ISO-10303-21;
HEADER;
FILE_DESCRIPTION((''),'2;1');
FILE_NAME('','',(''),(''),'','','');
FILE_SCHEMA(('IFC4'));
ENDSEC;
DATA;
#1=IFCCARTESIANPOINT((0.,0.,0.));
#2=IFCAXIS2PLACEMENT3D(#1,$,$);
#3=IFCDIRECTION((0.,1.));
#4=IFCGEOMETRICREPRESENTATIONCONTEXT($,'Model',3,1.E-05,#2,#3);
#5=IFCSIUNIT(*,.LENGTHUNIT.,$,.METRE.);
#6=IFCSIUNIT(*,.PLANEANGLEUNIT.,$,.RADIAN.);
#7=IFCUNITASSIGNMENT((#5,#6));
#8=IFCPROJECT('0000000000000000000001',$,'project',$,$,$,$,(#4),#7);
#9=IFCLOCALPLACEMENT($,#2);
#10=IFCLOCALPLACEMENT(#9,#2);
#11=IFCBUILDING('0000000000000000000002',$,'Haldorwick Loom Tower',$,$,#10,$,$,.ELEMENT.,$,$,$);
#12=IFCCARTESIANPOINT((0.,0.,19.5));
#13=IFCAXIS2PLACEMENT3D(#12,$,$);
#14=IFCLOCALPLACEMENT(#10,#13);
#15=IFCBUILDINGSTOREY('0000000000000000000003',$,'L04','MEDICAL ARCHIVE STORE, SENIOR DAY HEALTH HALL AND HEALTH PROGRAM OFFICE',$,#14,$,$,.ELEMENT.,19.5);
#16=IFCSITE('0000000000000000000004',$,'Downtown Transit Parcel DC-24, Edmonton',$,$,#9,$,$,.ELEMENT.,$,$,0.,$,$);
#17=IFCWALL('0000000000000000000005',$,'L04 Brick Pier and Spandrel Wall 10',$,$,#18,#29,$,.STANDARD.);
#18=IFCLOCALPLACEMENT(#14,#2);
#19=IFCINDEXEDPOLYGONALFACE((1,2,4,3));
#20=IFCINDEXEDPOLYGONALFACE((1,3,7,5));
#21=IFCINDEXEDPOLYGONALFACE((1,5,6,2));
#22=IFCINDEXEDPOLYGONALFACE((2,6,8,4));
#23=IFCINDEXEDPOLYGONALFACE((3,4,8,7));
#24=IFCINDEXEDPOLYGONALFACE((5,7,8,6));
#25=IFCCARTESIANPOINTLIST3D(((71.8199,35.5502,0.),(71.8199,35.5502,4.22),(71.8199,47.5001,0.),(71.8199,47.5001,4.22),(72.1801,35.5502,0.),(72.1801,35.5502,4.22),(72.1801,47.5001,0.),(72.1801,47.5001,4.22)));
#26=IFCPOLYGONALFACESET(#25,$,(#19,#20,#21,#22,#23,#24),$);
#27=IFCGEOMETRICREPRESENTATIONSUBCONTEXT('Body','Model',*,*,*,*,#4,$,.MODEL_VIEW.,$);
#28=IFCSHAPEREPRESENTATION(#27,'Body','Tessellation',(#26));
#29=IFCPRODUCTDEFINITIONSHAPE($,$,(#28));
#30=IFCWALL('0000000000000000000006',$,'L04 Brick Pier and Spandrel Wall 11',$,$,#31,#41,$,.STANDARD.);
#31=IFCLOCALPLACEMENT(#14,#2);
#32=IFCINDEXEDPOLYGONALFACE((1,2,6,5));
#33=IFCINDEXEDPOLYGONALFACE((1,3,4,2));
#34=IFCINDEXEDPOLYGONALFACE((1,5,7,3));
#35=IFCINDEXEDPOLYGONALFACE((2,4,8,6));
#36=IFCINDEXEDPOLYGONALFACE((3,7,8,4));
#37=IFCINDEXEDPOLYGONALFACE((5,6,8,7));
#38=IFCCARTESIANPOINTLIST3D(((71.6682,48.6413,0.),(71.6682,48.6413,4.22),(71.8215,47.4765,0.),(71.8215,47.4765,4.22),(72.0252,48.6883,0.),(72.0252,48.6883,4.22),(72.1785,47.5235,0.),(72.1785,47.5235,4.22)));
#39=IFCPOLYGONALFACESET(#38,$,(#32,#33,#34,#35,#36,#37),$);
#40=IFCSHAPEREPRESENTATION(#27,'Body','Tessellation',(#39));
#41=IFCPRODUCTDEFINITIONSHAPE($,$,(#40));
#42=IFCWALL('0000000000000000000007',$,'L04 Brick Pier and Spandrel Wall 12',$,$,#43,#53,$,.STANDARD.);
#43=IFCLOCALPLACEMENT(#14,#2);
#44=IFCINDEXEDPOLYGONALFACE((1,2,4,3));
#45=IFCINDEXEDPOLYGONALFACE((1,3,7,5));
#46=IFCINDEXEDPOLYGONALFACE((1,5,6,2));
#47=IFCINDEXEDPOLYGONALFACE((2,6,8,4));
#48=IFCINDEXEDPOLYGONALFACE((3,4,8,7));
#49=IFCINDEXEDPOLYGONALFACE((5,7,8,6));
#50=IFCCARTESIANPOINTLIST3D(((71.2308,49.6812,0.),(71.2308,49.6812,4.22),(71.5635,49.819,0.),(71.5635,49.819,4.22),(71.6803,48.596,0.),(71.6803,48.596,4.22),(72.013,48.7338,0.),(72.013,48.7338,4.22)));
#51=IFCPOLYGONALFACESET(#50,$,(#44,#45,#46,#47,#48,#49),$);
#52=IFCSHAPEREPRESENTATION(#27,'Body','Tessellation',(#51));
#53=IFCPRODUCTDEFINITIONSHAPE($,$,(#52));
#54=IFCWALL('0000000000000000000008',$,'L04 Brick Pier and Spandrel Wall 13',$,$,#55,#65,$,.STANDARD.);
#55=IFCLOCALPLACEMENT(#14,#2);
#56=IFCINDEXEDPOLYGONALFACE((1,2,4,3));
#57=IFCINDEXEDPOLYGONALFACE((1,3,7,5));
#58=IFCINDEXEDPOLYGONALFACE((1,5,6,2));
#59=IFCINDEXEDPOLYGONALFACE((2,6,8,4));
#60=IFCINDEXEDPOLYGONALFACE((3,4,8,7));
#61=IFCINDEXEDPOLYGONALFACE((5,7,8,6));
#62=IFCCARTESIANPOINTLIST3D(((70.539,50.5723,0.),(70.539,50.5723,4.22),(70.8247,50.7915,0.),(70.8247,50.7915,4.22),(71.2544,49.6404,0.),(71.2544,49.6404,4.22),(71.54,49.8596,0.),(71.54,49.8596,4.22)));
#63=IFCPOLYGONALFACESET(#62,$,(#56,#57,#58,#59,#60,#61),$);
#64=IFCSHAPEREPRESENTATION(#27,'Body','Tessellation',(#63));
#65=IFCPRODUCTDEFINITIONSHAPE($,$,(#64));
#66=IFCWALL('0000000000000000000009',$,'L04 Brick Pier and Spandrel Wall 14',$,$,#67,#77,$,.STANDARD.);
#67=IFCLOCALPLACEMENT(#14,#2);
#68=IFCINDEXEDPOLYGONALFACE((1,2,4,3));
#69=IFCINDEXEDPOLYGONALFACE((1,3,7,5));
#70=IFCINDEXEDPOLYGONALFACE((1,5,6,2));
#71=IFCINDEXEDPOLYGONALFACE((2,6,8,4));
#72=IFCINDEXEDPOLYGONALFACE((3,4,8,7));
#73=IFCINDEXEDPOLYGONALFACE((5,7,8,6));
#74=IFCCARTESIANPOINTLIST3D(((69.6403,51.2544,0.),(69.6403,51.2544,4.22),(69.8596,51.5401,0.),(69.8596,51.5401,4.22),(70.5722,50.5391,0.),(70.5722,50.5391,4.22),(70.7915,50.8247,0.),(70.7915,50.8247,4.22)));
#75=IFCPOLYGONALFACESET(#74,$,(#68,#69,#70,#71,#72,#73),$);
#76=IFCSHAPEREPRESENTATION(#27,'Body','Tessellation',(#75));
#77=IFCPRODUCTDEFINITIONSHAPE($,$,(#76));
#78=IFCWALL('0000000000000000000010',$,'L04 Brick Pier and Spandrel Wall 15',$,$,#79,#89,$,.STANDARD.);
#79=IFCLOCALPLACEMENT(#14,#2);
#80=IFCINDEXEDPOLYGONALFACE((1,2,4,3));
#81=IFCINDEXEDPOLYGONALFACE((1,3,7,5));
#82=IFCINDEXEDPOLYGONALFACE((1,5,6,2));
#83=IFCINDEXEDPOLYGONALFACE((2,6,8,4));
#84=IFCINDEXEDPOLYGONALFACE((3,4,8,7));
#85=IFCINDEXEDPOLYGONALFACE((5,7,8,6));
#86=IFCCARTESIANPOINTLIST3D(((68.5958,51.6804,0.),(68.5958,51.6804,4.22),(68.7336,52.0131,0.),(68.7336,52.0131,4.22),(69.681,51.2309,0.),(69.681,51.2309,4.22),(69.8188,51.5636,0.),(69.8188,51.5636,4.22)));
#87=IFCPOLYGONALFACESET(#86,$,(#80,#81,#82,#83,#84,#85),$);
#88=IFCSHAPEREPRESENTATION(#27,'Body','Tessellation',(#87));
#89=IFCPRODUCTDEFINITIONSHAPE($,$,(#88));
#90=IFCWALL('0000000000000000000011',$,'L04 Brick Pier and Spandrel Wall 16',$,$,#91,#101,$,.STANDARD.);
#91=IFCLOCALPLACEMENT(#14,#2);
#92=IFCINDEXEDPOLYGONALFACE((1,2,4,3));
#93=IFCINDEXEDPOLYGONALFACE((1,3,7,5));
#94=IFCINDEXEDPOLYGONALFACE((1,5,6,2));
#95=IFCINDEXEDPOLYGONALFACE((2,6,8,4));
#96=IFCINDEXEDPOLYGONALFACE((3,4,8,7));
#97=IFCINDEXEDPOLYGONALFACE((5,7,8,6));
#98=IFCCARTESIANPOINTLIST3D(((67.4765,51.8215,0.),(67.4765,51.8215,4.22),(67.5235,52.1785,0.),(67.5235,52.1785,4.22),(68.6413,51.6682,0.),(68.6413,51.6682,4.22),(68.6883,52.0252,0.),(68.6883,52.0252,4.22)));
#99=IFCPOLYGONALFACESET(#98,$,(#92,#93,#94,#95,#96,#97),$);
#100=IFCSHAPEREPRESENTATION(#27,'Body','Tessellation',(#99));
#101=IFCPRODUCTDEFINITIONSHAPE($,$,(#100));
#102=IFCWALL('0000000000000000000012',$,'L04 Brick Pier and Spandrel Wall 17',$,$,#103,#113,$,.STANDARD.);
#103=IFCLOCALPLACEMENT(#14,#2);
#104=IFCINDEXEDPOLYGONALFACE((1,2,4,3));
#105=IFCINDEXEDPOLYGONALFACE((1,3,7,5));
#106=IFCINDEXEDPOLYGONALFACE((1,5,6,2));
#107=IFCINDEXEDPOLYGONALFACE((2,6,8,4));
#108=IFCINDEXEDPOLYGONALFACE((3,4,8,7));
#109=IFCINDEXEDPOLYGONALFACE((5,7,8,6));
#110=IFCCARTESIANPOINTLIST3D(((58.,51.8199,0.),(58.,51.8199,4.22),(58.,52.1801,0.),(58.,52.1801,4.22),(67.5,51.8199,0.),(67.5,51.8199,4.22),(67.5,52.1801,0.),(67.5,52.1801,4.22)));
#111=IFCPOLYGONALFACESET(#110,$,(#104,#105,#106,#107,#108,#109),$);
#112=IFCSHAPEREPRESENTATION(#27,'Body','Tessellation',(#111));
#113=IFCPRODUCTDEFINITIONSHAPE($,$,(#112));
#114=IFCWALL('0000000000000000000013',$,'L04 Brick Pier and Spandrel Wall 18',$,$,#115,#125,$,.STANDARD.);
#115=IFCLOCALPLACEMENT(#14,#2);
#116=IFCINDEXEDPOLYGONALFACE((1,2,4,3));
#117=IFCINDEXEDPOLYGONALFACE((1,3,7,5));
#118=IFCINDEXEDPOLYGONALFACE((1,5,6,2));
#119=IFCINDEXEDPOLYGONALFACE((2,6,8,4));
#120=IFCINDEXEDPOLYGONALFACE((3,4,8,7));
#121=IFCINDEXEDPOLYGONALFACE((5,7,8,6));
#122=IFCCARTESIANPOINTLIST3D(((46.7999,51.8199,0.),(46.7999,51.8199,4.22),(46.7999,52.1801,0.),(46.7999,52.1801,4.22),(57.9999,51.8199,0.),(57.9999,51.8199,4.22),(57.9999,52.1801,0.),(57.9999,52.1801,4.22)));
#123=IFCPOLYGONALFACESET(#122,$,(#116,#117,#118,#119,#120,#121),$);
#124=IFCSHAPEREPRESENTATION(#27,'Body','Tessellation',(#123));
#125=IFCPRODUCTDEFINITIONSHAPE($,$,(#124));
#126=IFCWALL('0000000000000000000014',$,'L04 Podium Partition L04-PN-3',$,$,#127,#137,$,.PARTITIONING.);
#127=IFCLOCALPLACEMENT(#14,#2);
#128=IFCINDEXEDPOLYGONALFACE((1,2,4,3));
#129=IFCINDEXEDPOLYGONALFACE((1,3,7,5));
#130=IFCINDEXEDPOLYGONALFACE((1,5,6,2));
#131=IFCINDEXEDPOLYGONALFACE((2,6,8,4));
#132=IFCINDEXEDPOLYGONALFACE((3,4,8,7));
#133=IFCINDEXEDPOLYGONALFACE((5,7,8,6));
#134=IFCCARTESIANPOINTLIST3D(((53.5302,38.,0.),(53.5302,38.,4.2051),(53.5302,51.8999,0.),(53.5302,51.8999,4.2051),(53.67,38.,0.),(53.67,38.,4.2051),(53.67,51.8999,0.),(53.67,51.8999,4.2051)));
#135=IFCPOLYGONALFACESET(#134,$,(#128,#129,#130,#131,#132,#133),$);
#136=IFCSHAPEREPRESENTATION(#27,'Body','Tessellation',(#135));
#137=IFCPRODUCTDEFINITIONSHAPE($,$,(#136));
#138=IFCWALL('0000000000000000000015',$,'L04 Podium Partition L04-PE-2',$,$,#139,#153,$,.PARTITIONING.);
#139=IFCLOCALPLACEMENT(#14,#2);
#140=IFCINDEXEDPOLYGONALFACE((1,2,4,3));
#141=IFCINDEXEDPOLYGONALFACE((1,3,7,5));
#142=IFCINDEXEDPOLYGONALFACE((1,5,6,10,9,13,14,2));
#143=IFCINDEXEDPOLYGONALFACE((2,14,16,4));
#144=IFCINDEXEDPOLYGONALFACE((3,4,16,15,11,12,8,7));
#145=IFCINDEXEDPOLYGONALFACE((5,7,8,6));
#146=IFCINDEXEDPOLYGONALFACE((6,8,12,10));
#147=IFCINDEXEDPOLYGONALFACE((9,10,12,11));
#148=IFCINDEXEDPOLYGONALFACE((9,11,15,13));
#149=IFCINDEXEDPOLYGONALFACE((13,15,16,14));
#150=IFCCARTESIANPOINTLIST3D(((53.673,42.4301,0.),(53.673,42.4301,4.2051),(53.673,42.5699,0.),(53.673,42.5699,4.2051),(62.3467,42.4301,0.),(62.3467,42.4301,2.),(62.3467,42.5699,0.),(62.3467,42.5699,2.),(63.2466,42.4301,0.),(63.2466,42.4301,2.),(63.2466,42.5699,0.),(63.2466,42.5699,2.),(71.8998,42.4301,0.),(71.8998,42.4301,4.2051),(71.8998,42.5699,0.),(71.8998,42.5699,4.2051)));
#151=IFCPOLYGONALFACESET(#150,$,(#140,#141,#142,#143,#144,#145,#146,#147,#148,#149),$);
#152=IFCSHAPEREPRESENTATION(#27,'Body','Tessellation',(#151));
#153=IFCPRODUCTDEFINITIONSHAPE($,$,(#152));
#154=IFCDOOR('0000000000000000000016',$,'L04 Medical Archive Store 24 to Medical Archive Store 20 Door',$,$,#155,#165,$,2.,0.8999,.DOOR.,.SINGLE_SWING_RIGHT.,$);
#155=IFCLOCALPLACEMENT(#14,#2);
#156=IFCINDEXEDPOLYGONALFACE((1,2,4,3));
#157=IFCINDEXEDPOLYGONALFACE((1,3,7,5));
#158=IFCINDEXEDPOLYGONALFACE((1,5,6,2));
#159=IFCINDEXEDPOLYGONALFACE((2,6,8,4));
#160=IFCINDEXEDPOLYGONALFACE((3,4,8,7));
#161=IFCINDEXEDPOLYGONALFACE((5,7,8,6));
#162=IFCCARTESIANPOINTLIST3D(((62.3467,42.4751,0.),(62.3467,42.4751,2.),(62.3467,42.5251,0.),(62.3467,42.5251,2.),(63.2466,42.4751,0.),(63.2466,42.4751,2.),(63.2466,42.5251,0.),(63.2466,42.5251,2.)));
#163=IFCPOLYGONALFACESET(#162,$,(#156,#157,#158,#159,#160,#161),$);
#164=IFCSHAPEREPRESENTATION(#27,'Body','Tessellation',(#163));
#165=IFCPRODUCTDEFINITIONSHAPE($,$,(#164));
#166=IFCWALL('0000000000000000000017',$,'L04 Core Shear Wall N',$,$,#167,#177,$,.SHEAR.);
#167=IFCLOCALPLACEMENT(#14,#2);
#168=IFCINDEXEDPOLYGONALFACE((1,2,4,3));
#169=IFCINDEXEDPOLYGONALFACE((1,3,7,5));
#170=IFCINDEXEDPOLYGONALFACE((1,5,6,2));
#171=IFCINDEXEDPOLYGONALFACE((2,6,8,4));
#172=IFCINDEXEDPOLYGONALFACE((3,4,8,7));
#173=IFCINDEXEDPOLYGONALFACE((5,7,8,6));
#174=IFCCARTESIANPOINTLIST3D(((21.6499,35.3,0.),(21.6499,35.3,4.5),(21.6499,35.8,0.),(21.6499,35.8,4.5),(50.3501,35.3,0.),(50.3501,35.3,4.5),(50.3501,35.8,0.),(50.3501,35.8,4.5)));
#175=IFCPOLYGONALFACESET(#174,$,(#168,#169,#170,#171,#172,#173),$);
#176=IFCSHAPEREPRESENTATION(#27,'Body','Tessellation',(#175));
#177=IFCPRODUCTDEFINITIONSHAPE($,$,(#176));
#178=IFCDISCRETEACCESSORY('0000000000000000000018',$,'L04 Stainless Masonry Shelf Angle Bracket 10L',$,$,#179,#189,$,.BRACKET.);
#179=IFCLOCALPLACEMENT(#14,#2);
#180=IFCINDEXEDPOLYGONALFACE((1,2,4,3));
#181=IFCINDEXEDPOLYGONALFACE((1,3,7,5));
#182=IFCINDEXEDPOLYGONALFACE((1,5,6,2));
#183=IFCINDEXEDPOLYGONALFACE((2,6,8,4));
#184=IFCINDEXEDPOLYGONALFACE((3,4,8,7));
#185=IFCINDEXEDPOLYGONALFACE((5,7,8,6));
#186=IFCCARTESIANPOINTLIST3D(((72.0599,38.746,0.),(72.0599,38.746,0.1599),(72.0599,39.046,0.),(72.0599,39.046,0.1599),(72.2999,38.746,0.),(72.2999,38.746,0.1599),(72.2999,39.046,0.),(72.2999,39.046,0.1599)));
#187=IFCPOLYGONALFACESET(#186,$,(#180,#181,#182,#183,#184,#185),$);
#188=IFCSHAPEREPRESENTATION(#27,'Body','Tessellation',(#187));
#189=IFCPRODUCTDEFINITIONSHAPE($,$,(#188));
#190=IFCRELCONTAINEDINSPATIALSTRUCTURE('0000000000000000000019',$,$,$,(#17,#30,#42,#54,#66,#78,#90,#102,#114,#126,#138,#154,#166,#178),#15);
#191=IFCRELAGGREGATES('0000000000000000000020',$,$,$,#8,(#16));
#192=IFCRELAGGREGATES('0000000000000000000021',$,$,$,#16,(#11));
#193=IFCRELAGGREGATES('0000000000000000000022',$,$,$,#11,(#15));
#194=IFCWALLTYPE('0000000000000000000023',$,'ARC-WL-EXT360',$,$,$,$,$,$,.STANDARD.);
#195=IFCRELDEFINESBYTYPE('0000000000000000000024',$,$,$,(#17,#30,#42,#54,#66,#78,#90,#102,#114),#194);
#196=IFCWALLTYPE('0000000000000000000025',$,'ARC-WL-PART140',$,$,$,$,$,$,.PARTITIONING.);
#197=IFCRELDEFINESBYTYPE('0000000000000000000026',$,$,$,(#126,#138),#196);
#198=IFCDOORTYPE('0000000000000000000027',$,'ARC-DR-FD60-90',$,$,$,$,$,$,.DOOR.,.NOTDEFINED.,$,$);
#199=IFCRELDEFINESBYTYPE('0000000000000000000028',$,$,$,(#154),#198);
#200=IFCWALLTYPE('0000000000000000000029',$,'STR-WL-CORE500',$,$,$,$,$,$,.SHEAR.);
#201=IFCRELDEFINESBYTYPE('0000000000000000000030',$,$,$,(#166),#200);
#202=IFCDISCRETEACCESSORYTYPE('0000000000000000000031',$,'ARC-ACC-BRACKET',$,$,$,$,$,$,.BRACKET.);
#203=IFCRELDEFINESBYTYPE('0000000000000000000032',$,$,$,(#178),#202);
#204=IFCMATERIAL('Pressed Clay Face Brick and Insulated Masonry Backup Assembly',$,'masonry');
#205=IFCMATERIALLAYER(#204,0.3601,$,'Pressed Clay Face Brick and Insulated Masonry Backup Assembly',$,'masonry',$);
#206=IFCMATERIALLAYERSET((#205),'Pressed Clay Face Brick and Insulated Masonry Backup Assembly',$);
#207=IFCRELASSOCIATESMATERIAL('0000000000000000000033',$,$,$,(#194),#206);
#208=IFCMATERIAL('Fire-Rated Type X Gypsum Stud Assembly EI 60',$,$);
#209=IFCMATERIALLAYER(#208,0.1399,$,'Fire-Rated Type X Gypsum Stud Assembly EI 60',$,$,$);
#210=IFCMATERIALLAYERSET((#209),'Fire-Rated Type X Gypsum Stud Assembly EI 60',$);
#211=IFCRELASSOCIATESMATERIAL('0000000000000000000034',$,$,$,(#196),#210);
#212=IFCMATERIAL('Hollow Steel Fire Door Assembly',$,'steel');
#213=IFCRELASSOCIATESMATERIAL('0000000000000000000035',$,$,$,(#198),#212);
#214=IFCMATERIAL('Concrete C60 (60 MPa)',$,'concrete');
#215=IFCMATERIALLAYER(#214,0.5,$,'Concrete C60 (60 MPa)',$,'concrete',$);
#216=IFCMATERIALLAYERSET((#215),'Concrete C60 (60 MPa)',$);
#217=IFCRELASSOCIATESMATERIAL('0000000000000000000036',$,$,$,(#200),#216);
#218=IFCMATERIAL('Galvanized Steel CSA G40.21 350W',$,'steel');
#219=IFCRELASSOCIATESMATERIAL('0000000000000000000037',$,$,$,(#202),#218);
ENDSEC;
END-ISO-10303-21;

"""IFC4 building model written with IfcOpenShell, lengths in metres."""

from ifc_helpers import new_model, si_unit, direction, frame, frame_2d, origin, origin_2d, place, context, subcontext, project, spatial, rectangle, extrude, material, layer, layer_set, type_object, element, fill, save


model = new_model("IFC4")

# Units and contexts
model_context = context("Model", 3, precision=1e-05, world=origin(), true_north=direction((0.0, 1.0)))
body_context = subcontext(model_context, "Body", "Model", "MODEL_VIEW")
ifc_project = project(units=[si_unit("LENGTHUNIT", "METRE"), si_unit("PLANEANGLEUNIT", "RADIAN")], contexts=[model_context])

# Site, building, storey
site_placement = place(None, origin())
site = spatial("IfcSite", under=ifc_project, at=site_placement, Name="Downtown Transit Parcel DC-24, Edmonton", CompositionType="ELEMENT", RefElevation=0.0)
building_placement = place(site_placement, origin())
building = spatial("IfcBuilding", under=site, at=building_placement, Name="Haldorwick Loom Tower", CompositionType="ELEMENT")
storey_placement = place(building_placement, frame((0.0, 0.0, 19.5)))
storey = spatial("IfcBuildingStorey", under=building, at=storey_placement, Name="L04", Description="MEDICAL ARCHIVE STORE, SENIOR DAY HEALTH HALL AND HEALTH PROGRAM OFFICE", CompositionType="ELEMENT", Elevation=19.5)

# Shared definitions
ifc_material_1 = material(Name="Concrete C60 (60 MPa)", Category="concrete")

# Walls
ifc_material_2 = material(Name="Pressed Clay Face Brick and Insulated Masonry Backup Assembly", Category="masonry")
ifc_layer_1 = layer(ifc_material_2, 0.3601, Name="Pressed Clay Face Brick and Insulated Masonry Backup Assembly", Category="masonry")
ifc_layer_set_1 = layer_set([ifc_layer_1], Name="Pressed Clay Face Brick and Insulated Masonry Backup Assembly")
wall_type_1 = type_object("IfcWallType", Name="ARC-WL-EXT360", PredefinedType="STANDARD", material=ifc_layer_set_1)
wall_1_placement = place(storey_placement, frame((72.0, 35.55, 0.0), z_axis=(0.0, 0.0, 1.0), x_axis=(0.0, 1.0, 0.0)))
element("IfcWall", 1, at=wall_1_placement, inside=storey, type_object=wall_type_1, Name="L04 Brick Pier and Spandrel Wall 10", PredefinedType="STANDARD", context=body_context, shape_type="SweptSolid", body=[
    extrude(rectangle(XDim=11.95, YDim=0.3601, at=frame_2d((5.9751, 0.0))), origin(), (0.0, 0.0, 1.0), 4.22),
])
wall_2_placement = place(storey_placement, frame((72.0, 47.5, 0.0), z_axis=(0.0, 0.0, 1.0), x_axis=(-0.130503, 0.991448, 0.0)))
element("IfcWall", 2, at=wall_2_placement, inside=storey, type_object=wall_type_1, Name="L04 Brick Pier and Spandrel Wall 11", PredefinedType="STANDARD", context=body_context, shape_type="SweptSolid", body=[
    extrude(rectangle(XDim=1.1748, YDim=0.3601, at=frame_2d((0.5874, 0.0))), origin(), (0.0, 0.0, 1.0), 4.22),
])
wall_3_placement = place(storey_placement, frame((71.8467, 48.6648, 0.0), z_axis=(0.0, 0.0, 1.0), x_axis=(-0.382652, 0.923893, 0.0)))
element("IfcWall", 3, at=wall_3_placement, inside=storey, type_object=wall_type_1, Name="L04 Brick Pier and Spandrel Wall 12", PredefinedType="STANDARD", context=body_context, shape_type="SweptSolid", body=[
    extrude(rectangle(XDim=1.1746, YDim=0.3601, at=frame_2d((0.5874, 0.0))), origin(), (0.0, 0.0, 1.0), 4.22),
])
for number, where, z_axis, x_axis, name in (
    (4, (71.3972, 49.75, 0.0), (0.0, 0.0, 1.0), (-0.608907, 0.793242, 0.0), "L04 Brick Pier and Spandrel Wall 13"),
    (5, (70.6819, 50.6819, 0.0), (0.0, 0.0, 1.0), (-0.793242, 0.608907, 0.0), "L04 Brick Pier and Spandrel Wall 14"),
):
    element("IfcWall", number, at=place(storey_placement, frame(where, z_axis=z_axis, x_axis=x_axis)), inside=storey, type_object=wall_type_1, Name=name, PredefinedType="STANDARD", context=body_context, shape_type="SweptSolid", body=[
        extrude(rectangle(XDim=1.1748, YDim=0.3601, at=frame_2d((0.5874, 0.0))), origin(), (0.0, 0.0, 1.0), 4.22),
    ])
wall_4_placement = place(storey_placement, frame((69.75, 51.3972, 0.0), z_axis=(0.0, 0.0, 1.0), x_axis=(-0.923893, 0.382652, 0.0)))
element("IfcWall", 6, at=wall_4_placement, inside=storey, type_object=wall_type_1, Name="L04 Brick Pier and Spandrel Wall 15", PredefinedType="STANDARD", context=body_context, shape_type="SweptSolid", body=[
    extrude(rectangle(XDim=1.1746, YDim=0.3601, at=frame_2d((0.5874, 0.0))), origin(), (0.0, 0.0, 1.0), 4.22),
])
wall_5_placement = place(storey_placement, frame((68.6648, 51.8467, 0.0), z_axis=(0.0, 0.0, 1.0), x_axis=(-0.991448, 0.130503, 0.0)))
element("IfcWall", 7, at=wall_5_placement, inside=storey, type_object=wall_type_1, Name="L04 Brick Pier and Spandrel Wall 16", PredefinedType="STANDARD", context=body_context, shape_type="SweptSolid", body=[
    extrude(rectangle(XDim=1.1748, YDim=0.3601, at=frame_2d((0.5874, 0.0))), origin(), (0.0, 0.0, 1.0), 4.22),
])
wall_6_placement = place(storey_placement, frame((67.5, 52.0, 0.0), z_axis=(0.0, 0.0, 1.0), x_axis=(-1.0, 0.0, 0.0)))
element("IfcWall", 8, at=wall_6_placement, inside=storey, type_object=wall_type_1, Name="L04 Brick Pier and Spandrel Wall 17", PredefinedType="STANDARD", context=body_context, shape_type="SweptSolid", body=[
    extrude(rectangle(XDim=9.5, YDim=0.3601, at=frame_2d((4.75, 0.0))), origin(), (0.0, 0.0, 1.0), 4.22),
])
wall_7_placement = place(storey_placement, frame((58.0, 52.0, 0.0), z_axis=(0.0, 0.0, 1.0), x_axis=(-1.0, 0.0, 0.0)))
element("IfcWall", 9, at=wall_7_placement, inside=storey, type_object=wall_type_1, Name="L04 Brick Pier and Spandrel Wall 18", PredefinedType="STANDARD", context=body_context, shape_type="SweptSolid", body=[
    extrude(rectangle(XDim=11.2, YDim=0.3601, at=frame_2d((5.6001, 0.0))), origin(), (0.0, 0.0, 1.0), 4.22),
])
ifc_material_3 = material(Name="Fire-Rated Type X Gypsum Stud Assembly EI 60")
ifc_layer_2 = layer(ifc_material_3, 0.1399, Name="Fire-Rated Type X Gypsum Stud Assembly EI 60")
ifc_layer_set_2 = layer_set([ifc_layer_2], Name="Fire-Rated Type X Gypsum Stud Assembly EI 60")
wall_type_2 = type_object("IfcWallType", Name="ARC-WL-PART140", PredefinedType="PARTITIONING", material=ifc_layer_set_2)
wall_8_placement = place(storey_placement, frame((53.6001, 38.0, 0.0), z_axis=(0.0, 0.0, 1.0), x_axis=(0.0, 1.0, 0.0)))
element("IfcWall", 10, at=wall_8_placement, inside=storey, type_object=wall_type_2, Name="L04 Podium Partition L04-PN-3", PredefinedType="PARTITIONING", context=body_context, shape_type="SweptSolid", body=[
    extrude(rectangle(XDim=13.8999, YDim=0.1399, at=frame_2d((6.95, 0.0))), origin(), (0.0, 0.0, 1.0), 4.2051),
])

# Wall, opening, door
wall_9_placement = place(storey_placement, frame((53.6731, 42.5, 0.0), z_axis=(0.0, 0.0, 1.0), x_axis=(1.0, 0.0, 0.0)))
wall_9 = element("IfcWall", 11, at=wall_9_placement, inside=storey, type_object=wall_type_2, Name="L04 Podium Partition L04-PE-2", PredefinedType="PARTITIONING", context=body_context, shape_type="SweptSolid", body=[
    extrude(rectangle(XDim=18.2268, YDim=0.1399, at=frame_2d((9.1133, 0.0))), origin(), (0.0, 0.0, 1.0), 4.2051),
])
opening_placement = place(wall_9_placement, frame((8.6736, 0.0, 0.0)))
opening = element("IfcOpeningElement", 12, at=opening_placement, cuts=wall_9, PredefinedType="OPENING", context=body_context, shape_type="SweptSolid", body=[
    extrude(rectangle(XDim=0.8999, YDim=2.0, at=frame_2d((0.45, 1.0))), frame((0.0, 0.0798, 0.0), z_axis=(0.0, -1.0, 0.0), x_axis=(1.0, 0.0, 0.0)), (0.0, 0.0, 1.0), 0.1599),
])
ifc_material_4 = material(Name="Hollow Steel Fire Door Assembly", Category="steel")
door_type = type_object("IfcDoorType", Name="ARC-DR-FD60-90", OperationType="NOTDEFINED", PredefinedType="DOOR", material=ifc_material_4)
door_placement = place(opening_placement, frame((0.8999, 0.0, 0.0), z_axis=(0.0, 0.0, 1.0), x_axis=(-1.0, 0.0, 0.0)))
door = element("IfcDoor", 13, at=door_placement, inside=storey, type_object=door_type, Name="L04 Medical Archive Store 24 to Medical Archive Store 20 Door", OperationType="SINGLE_SWING_RIGHT", OverallHeight=2.0, OverallWidth=0.8999, PredefinedType="DOOR", context=body_context, shape_type="SweptSolid", body=[
    extrude(rectangle(XDim=0.8999, YDim=2.0, at=frame_2d((0.45, 1.0))), frame((0.0, 0.0249, 0.0), z_axis=(0.0, -1.0, 0.0), x_axis=(1.0, 0.0, 0.0)), (0.0, 0.0, 1.0), 0.05),
])
fill(opening, door)

# Wall
ifc_layer_3 = layer(ifc_material_1, 0.5, Name="Concrete C60 (60 MPa)", Category="concrete")
ifc_layer_set_3 = layer_set([ifc_layer_3], Name="Concrete C60 (60 MPa)")
wall_type_3 = type_object("IfcWallType", Name="STR-WL-CORE500", PredefinedType="SHEAR", material=ifc_layer_set_3)
wall_10_placement = place(storey_placement, frame((50.3501, 35.55, 0.0), z_axis=(0.0, 0.0, 1.0), x_axis=(-1.0, 0.0, 0.0)))
element("IfcWall", 14, at=wall_10_placement, inside=storey, type_object=wall_type_3, Name="L04 Core Shear Wall N", PredefinedType="SHEAR", context=body_context, shape_type="SweptSolid", body=[
    extrude(rectangle(XDim=28.7002, YDim=0.5, at=frame_2d((14.3501, 0.0))), origin(), (0.0, 0.0, 1.0), 4.5),
])

# Discrete accessory
ifc_material_5 = material(Name="Galvanized Steel CSA G40.21 350W", Category="steel")
discrete_accessory_type = type_object("IfcDiscreteAccessoryType", Name="ARC-ACC-BRACKET", PredefinedType="BRACKET", material=ifc_material_5)
for number, where, z_axis, x_axis, name in (
    (15, (72.1799, 38.896, 0.0), (0.0, 0.0, 1.0), (0.0, 1.0, 0.0), "L04 Stainless Masonry Shelf Angle Bracket 10L"),
):
    element("IfcDiscreteAccessory", number, at=place(storey_placement, frame(where, z_axis=z_axis, x_axis=x_axis)), inside=storey, type_object=discrete_accessory_type, Name=name, PredefinedType="BRACKET", context=body_context, shape_type="SweptSolid", body=[
        extrude(rectangle(XDim=0.3, YDim=0.24, at=origin_2d()), origin(), (0.0, 0.0, 1.0), 0.1599),
    ])

save(model, "model.ifc")
